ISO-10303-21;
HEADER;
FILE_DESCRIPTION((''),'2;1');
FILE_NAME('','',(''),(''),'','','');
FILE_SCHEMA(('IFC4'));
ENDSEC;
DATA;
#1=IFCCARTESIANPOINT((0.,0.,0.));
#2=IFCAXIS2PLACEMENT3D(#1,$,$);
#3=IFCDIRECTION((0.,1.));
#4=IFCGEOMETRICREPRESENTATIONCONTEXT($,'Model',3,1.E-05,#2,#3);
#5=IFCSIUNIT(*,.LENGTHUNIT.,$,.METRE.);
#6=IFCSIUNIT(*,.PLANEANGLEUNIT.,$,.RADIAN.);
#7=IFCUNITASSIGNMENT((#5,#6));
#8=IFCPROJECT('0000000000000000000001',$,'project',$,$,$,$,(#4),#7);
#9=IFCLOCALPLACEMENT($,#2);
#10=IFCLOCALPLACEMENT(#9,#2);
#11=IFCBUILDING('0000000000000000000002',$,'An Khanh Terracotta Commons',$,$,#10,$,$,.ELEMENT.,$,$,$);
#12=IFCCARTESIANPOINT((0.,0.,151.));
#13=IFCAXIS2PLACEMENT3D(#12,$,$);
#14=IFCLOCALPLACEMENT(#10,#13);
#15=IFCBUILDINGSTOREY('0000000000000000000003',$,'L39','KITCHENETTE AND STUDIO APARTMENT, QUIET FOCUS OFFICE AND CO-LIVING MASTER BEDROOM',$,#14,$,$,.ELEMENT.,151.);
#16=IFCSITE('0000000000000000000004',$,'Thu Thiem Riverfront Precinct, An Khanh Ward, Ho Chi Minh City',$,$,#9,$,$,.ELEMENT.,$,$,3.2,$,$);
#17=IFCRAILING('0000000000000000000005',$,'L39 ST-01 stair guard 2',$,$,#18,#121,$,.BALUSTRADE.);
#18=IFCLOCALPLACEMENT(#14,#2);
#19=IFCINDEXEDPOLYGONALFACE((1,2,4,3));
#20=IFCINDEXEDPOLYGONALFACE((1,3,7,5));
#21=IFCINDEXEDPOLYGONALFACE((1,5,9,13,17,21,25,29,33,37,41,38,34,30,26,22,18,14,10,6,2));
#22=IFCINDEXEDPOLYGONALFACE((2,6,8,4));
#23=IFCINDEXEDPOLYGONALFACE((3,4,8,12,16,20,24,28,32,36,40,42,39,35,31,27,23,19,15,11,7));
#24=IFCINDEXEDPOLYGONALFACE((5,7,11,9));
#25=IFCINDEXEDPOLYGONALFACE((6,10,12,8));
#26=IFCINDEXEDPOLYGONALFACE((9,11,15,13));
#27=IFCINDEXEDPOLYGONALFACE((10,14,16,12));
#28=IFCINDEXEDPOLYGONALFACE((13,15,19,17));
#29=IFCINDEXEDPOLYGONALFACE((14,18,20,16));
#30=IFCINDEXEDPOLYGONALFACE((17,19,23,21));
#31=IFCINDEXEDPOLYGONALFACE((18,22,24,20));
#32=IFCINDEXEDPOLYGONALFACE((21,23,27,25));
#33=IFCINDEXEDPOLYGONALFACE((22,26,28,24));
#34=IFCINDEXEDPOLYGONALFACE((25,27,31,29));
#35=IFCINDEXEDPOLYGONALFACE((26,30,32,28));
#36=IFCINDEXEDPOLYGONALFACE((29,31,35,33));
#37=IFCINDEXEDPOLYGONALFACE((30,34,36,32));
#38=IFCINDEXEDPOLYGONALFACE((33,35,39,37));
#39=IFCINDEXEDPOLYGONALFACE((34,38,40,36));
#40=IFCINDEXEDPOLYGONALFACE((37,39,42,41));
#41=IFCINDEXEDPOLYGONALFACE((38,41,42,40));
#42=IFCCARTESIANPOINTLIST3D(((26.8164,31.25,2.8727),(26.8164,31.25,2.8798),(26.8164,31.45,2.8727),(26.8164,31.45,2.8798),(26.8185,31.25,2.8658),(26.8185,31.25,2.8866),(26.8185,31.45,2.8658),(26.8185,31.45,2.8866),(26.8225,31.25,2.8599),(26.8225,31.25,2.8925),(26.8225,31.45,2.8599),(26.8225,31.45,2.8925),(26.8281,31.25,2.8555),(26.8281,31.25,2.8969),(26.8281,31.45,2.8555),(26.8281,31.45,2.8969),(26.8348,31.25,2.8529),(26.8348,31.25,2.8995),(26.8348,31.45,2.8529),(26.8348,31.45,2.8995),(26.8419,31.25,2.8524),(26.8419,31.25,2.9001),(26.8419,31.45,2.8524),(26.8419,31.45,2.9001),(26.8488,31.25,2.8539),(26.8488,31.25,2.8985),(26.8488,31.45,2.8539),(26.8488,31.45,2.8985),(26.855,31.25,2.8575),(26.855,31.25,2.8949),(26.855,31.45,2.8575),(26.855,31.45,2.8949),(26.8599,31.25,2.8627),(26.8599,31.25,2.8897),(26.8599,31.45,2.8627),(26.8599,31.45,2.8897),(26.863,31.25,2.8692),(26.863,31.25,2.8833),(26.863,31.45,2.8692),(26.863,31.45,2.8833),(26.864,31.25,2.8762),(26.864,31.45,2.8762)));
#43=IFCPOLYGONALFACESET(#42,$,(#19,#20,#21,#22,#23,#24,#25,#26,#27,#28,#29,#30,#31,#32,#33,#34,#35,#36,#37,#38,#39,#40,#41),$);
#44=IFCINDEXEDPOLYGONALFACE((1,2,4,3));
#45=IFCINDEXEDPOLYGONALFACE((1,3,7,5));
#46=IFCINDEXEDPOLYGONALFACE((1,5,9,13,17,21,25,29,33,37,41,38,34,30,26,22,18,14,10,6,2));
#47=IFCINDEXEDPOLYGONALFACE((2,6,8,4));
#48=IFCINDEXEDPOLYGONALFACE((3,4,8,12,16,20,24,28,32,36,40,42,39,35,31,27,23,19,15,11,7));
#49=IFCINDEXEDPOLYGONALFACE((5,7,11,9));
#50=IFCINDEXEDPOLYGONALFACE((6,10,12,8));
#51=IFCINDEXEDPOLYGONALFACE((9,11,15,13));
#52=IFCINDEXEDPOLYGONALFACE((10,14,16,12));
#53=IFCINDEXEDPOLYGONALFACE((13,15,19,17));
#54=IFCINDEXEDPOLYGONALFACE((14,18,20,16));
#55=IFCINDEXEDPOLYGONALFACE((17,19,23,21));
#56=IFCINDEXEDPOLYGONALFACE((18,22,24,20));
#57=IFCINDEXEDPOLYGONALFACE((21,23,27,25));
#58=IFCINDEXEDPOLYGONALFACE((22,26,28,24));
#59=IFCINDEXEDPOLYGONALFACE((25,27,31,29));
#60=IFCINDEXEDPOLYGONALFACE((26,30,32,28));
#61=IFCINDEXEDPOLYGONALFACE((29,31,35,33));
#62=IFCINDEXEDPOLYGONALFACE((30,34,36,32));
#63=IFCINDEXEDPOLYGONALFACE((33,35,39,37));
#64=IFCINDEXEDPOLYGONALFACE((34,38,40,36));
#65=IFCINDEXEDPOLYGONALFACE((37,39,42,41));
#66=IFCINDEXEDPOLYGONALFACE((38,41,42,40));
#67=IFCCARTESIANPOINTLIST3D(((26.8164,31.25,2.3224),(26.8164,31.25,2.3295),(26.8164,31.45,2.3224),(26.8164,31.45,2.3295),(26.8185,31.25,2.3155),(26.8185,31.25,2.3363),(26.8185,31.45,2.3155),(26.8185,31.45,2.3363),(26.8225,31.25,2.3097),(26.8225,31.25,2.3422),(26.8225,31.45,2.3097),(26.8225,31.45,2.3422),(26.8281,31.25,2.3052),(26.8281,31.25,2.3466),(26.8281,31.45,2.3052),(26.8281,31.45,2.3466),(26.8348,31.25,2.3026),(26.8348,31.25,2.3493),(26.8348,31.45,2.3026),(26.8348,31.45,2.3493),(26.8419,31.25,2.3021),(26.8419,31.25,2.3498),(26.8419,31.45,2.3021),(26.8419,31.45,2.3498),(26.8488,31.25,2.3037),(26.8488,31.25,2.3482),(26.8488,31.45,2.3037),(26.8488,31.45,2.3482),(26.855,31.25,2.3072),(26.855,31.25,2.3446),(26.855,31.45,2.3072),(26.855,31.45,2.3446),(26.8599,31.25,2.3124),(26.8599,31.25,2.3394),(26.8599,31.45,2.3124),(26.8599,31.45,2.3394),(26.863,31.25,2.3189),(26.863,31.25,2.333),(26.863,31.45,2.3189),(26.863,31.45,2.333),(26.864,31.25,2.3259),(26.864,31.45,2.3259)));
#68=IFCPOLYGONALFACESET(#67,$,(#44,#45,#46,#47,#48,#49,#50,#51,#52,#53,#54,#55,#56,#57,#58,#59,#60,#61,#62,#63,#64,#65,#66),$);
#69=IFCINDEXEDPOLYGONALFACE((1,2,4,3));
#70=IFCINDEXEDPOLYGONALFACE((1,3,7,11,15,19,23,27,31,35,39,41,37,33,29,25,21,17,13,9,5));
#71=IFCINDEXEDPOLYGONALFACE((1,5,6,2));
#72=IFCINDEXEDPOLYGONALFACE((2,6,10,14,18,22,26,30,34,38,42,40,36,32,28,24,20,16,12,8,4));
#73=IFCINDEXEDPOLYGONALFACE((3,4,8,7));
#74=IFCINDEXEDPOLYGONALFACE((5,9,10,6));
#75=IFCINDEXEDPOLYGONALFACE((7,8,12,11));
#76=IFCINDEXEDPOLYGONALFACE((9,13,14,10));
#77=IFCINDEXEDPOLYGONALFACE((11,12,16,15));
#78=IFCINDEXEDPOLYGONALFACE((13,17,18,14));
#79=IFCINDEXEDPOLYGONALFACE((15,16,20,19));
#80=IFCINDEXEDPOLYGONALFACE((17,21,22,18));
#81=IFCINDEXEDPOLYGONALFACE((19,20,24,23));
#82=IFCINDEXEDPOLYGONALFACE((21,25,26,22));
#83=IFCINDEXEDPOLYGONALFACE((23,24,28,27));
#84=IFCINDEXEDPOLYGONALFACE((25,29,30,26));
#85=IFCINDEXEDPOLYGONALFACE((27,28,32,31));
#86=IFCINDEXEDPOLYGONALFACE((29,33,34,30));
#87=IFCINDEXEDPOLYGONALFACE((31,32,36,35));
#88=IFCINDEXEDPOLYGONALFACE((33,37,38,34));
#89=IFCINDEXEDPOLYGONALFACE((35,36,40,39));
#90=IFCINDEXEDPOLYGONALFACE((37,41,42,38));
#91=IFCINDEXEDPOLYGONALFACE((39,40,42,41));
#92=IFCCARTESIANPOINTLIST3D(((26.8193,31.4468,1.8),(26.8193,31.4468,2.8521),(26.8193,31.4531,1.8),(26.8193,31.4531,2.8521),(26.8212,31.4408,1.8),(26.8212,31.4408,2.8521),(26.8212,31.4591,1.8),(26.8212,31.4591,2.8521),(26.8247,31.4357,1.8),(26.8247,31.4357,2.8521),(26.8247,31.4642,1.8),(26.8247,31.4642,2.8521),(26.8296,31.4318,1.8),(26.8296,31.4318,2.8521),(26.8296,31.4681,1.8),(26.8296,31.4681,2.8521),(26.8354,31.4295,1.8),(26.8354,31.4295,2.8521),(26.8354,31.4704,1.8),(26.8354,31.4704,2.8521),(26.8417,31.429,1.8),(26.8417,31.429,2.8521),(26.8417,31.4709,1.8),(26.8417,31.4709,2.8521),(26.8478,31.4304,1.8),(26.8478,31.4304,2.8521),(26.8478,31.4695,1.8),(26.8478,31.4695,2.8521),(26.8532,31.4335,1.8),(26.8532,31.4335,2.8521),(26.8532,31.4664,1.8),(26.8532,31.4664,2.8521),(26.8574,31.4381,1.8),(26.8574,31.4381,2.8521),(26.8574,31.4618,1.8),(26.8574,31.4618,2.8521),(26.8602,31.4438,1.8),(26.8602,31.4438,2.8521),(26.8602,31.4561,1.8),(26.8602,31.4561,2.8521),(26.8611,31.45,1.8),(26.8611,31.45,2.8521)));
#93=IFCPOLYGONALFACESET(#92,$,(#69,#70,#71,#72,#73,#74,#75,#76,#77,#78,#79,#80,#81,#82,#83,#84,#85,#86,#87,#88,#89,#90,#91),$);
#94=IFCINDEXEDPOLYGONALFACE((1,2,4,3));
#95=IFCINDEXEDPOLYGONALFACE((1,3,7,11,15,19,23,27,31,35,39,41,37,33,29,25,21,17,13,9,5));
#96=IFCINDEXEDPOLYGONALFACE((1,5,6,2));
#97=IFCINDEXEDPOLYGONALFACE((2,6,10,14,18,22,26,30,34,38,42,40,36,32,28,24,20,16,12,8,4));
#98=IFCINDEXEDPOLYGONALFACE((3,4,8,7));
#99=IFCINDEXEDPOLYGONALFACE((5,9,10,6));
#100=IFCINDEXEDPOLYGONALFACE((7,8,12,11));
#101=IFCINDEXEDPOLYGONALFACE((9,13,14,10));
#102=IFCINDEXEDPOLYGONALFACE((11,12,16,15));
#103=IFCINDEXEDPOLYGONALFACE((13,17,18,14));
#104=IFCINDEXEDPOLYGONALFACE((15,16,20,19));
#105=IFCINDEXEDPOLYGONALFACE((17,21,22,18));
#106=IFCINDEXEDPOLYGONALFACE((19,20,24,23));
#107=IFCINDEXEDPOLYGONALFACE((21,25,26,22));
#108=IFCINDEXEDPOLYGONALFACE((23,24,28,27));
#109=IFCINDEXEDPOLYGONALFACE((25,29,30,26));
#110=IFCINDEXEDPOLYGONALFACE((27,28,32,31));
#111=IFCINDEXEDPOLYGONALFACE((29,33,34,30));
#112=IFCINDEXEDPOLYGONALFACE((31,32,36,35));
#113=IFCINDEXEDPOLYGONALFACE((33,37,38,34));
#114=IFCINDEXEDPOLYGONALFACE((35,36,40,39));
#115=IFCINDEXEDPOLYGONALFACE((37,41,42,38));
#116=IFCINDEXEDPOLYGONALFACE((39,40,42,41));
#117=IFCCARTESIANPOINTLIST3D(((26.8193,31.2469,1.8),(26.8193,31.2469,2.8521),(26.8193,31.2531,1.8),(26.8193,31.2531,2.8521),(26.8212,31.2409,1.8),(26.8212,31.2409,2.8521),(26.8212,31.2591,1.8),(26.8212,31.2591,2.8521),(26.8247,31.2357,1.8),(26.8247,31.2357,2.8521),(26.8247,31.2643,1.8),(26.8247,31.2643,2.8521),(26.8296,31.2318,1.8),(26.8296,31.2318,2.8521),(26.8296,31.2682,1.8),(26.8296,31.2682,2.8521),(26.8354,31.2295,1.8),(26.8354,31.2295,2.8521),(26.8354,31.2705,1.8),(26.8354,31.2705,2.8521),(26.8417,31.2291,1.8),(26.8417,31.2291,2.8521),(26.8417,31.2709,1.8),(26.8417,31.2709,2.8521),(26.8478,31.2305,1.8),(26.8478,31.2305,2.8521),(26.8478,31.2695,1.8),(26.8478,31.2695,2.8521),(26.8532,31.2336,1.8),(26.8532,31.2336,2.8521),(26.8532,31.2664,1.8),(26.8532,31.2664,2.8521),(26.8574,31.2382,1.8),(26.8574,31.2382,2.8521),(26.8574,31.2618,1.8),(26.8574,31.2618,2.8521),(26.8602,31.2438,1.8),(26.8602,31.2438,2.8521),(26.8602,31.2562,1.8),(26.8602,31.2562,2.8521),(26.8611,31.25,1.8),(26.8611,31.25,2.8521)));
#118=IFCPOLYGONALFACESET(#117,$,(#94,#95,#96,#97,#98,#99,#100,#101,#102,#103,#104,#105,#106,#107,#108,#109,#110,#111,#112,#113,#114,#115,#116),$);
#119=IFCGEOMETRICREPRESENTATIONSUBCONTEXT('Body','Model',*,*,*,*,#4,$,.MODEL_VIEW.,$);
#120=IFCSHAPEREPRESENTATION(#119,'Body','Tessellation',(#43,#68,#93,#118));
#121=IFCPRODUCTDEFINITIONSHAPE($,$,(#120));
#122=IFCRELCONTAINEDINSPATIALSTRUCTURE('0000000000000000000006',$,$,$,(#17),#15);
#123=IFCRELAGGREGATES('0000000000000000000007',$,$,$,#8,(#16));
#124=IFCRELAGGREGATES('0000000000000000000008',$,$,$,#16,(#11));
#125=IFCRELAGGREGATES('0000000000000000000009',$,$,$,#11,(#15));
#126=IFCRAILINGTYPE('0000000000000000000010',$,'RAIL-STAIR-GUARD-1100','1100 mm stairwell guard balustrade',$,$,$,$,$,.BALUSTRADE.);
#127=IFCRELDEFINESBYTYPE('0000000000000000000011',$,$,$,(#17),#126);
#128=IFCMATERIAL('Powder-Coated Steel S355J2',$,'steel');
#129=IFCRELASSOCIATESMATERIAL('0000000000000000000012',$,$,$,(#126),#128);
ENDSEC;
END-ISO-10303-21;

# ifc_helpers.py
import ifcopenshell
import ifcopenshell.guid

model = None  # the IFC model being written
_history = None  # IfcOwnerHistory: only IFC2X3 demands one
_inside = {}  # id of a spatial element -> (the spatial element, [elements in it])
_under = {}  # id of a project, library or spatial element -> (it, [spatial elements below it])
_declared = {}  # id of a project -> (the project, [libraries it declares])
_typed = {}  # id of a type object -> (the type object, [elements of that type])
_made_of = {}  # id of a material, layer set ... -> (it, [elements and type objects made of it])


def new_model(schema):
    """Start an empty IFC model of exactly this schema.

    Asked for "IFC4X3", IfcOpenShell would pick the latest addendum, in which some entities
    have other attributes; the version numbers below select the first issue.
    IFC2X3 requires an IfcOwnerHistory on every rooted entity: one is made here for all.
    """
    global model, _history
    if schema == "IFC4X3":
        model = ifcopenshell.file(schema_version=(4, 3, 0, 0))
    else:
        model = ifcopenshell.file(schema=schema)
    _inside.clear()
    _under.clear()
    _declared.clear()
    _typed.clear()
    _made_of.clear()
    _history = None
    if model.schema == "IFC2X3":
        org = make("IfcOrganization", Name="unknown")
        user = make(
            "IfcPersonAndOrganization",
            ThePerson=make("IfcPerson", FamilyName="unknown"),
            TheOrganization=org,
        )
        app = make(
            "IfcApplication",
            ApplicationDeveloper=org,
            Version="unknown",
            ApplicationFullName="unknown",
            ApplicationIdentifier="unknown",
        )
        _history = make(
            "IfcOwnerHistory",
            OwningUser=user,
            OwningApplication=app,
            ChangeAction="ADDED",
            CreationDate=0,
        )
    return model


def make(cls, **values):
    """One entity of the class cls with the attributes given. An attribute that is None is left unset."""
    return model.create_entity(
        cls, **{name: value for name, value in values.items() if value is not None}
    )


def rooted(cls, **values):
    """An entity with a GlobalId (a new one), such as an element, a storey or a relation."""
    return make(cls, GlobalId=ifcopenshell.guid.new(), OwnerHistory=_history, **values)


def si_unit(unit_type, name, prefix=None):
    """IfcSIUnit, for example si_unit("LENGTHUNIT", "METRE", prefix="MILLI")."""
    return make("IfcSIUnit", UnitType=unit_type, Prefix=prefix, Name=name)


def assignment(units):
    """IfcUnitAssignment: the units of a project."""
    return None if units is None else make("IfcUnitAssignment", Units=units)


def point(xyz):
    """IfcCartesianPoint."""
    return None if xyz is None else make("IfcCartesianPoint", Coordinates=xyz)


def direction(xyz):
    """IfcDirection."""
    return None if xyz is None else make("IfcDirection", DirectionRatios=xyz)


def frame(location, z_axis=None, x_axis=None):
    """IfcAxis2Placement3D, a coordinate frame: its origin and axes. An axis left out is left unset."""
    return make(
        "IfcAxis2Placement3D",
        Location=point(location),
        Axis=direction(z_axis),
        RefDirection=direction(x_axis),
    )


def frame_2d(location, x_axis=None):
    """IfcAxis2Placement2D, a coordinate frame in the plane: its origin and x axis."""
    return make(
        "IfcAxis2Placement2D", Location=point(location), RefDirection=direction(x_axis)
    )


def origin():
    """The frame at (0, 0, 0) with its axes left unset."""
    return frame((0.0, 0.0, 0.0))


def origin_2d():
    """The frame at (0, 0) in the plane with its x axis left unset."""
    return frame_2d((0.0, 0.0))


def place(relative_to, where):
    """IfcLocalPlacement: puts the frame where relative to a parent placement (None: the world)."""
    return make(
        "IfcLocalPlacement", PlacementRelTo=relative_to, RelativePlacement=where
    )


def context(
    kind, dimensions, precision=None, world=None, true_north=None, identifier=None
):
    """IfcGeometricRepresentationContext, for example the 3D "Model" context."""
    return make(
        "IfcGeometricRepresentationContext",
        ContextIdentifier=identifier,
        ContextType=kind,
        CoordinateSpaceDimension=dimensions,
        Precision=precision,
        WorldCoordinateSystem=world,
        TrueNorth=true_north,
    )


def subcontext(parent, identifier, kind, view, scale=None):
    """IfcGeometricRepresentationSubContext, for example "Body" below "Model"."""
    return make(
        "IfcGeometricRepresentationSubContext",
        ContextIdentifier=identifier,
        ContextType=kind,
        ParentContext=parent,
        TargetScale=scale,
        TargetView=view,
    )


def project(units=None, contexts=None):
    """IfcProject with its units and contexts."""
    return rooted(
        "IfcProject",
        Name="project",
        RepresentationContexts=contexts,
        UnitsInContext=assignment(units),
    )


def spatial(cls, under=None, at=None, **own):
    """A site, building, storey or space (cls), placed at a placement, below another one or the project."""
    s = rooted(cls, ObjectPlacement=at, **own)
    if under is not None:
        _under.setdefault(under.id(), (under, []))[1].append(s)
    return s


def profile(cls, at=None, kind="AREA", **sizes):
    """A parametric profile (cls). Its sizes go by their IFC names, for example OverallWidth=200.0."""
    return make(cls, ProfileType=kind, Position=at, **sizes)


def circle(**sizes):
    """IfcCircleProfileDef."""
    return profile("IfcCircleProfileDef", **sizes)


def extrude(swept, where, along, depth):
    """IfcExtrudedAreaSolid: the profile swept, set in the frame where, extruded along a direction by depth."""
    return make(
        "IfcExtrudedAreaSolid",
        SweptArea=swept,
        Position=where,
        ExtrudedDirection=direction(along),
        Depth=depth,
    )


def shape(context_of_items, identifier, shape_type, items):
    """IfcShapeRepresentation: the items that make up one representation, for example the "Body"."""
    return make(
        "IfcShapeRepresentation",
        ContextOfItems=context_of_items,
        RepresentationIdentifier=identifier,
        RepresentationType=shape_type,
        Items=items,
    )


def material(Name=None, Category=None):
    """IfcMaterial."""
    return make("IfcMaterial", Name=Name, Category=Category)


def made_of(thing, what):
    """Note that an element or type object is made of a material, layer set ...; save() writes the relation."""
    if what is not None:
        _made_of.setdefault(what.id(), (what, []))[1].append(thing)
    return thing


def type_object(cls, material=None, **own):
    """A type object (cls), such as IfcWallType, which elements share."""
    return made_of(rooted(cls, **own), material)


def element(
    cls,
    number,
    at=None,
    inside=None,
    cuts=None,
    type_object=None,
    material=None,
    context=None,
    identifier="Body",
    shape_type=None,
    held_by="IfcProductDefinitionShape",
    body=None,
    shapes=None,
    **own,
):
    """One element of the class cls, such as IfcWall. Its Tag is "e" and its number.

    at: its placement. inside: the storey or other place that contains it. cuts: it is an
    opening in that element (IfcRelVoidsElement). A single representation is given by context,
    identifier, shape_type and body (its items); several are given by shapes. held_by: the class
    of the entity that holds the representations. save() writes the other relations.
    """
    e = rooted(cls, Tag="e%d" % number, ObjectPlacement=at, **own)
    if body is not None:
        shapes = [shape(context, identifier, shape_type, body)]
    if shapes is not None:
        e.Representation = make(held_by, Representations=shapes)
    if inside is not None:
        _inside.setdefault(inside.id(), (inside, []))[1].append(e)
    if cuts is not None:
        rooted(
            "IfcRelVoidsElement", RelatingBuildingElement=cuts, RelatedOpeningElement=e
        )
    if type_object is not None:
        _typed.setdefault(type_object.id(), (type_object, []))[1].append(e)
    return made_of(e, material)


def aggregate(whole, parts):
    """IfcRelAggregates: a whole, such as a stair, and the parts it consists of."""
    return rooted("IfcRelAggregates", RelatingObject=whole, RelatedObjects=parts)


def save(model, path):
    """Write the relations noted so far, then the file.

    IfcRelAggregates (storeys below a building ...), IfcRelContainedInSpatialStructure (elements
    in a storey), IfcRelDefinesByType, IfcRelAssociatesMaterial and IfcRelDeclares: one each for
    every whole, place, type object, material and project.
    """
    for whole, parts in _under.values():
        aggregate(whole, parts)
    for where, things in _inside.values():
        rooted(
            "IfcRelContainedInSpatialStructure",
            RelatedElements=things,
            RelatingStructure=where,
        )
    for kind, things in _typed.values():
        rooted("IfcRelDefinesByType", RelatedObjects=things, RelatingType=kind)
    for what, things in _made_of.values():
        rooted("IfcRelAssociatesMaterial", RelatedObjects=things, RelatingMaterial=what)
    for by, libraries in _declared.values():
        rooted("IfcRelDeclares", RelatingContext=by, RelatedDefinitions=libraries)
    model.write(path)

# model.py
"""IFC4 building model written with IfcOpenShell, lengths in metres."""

from ifc_helpers import new_model, si_unit, direction, frame, origin, origin_2d, place, context, subcontext, project, spatial, circle, extrude, material, type_object, element, save


model = new_model("IFC4")

# Units and contexts
model_context = context("Model", 3, precision=1e-05, world=origin(), true_north=direction((0.0, 1.0)))
body_context = subcontext(model_context, "Body", "Model", "MODEL_VIEW")
ifc_project = project(units=[si_unit("LENGTHUNIT", "METRE"), si_unit("PLANEANGLEUNIT", "RADIAN")], contexts=[model_context])

# Site, building, storey
site_placement = place(None, origin())
site = spatial("IfcSite", under=ifc_project, at=site_placement, Name="Thu Thiem Riverfront Precinct, An Khanh Ward, Ho Chi Minh City", CompositionType="ELEMENT", RefElevation=3.2)
building_placement = place(site_placement, origin())
building = spatial("IfcBuilding", under=site, at=building_placement, Name="An Khanh Terracotta Commons", CompositionType="ELEMENT")
storey_placement = place(building_placement, frame((0.0, 0.0, 151.0)))
storey = spatial("IfcBuildingStorey", under=building, at=storey_placement, Name="L39", Description="KITCHENETTE AND STUDIO APARTMENT, QUIET FOCUS OFFICE AND CO-LIVING MASTER BEDROOM", CompositionType="ELEMENT", Elevation=151.0)

# Railing
ifc_material_1 = material(Name="Powder-Coated Steel S355J2", Category="steel")
railing_type_1 = type_object("IfcRailingType", Name="RAIL-STAIR-GUARD-1100", Description="1100 mm stairwell guard balustrade", PredefinedType="BALUSTRADE", material=ifc_material_1)
railing_1_placement = place(storey_placement, frame((26.8401, 31.45, 1.8)))
element("IfcRailing", 1, at=railing_1_placement, inside=storey, type_object=railing_type_1, Name="L39 ST-01 stair guard 2", PredefinedType="BALUSTRADE", context=body_context, shape_type="SweptSolid", body=[
    extrude(circle(Radius=0.0239, at=origin_2d()), frame((0.0, 0.0, 1.0762), z_axis=(0.0, -1.0, 0.0), x_axis=(1.0, 0.0, 0.0)), (0.0, 0.0, 1.0), 0.2),
    extrude(circle(Radius=0.0239, at=origin_2d()), frame((0.0, 0.0, 0.5259), z_axis=(0.0, -1.0, 0.0), x_axis=(1.0, 0.0, 0.0)), (0.0, 0.0, 1.0), 0.2),
    extrude(circle(Radius=0.021, at=origin_2d()), origin(), (0.0, 0.0, 1.0), 1.052),
    extrude(circle(Radius=0.021, at=origin_2d()), frame((0.0, -0.2, 0.0)), (0.0, 0.0, 1.0), 1.052),
])

save(model, "model.ifc")
